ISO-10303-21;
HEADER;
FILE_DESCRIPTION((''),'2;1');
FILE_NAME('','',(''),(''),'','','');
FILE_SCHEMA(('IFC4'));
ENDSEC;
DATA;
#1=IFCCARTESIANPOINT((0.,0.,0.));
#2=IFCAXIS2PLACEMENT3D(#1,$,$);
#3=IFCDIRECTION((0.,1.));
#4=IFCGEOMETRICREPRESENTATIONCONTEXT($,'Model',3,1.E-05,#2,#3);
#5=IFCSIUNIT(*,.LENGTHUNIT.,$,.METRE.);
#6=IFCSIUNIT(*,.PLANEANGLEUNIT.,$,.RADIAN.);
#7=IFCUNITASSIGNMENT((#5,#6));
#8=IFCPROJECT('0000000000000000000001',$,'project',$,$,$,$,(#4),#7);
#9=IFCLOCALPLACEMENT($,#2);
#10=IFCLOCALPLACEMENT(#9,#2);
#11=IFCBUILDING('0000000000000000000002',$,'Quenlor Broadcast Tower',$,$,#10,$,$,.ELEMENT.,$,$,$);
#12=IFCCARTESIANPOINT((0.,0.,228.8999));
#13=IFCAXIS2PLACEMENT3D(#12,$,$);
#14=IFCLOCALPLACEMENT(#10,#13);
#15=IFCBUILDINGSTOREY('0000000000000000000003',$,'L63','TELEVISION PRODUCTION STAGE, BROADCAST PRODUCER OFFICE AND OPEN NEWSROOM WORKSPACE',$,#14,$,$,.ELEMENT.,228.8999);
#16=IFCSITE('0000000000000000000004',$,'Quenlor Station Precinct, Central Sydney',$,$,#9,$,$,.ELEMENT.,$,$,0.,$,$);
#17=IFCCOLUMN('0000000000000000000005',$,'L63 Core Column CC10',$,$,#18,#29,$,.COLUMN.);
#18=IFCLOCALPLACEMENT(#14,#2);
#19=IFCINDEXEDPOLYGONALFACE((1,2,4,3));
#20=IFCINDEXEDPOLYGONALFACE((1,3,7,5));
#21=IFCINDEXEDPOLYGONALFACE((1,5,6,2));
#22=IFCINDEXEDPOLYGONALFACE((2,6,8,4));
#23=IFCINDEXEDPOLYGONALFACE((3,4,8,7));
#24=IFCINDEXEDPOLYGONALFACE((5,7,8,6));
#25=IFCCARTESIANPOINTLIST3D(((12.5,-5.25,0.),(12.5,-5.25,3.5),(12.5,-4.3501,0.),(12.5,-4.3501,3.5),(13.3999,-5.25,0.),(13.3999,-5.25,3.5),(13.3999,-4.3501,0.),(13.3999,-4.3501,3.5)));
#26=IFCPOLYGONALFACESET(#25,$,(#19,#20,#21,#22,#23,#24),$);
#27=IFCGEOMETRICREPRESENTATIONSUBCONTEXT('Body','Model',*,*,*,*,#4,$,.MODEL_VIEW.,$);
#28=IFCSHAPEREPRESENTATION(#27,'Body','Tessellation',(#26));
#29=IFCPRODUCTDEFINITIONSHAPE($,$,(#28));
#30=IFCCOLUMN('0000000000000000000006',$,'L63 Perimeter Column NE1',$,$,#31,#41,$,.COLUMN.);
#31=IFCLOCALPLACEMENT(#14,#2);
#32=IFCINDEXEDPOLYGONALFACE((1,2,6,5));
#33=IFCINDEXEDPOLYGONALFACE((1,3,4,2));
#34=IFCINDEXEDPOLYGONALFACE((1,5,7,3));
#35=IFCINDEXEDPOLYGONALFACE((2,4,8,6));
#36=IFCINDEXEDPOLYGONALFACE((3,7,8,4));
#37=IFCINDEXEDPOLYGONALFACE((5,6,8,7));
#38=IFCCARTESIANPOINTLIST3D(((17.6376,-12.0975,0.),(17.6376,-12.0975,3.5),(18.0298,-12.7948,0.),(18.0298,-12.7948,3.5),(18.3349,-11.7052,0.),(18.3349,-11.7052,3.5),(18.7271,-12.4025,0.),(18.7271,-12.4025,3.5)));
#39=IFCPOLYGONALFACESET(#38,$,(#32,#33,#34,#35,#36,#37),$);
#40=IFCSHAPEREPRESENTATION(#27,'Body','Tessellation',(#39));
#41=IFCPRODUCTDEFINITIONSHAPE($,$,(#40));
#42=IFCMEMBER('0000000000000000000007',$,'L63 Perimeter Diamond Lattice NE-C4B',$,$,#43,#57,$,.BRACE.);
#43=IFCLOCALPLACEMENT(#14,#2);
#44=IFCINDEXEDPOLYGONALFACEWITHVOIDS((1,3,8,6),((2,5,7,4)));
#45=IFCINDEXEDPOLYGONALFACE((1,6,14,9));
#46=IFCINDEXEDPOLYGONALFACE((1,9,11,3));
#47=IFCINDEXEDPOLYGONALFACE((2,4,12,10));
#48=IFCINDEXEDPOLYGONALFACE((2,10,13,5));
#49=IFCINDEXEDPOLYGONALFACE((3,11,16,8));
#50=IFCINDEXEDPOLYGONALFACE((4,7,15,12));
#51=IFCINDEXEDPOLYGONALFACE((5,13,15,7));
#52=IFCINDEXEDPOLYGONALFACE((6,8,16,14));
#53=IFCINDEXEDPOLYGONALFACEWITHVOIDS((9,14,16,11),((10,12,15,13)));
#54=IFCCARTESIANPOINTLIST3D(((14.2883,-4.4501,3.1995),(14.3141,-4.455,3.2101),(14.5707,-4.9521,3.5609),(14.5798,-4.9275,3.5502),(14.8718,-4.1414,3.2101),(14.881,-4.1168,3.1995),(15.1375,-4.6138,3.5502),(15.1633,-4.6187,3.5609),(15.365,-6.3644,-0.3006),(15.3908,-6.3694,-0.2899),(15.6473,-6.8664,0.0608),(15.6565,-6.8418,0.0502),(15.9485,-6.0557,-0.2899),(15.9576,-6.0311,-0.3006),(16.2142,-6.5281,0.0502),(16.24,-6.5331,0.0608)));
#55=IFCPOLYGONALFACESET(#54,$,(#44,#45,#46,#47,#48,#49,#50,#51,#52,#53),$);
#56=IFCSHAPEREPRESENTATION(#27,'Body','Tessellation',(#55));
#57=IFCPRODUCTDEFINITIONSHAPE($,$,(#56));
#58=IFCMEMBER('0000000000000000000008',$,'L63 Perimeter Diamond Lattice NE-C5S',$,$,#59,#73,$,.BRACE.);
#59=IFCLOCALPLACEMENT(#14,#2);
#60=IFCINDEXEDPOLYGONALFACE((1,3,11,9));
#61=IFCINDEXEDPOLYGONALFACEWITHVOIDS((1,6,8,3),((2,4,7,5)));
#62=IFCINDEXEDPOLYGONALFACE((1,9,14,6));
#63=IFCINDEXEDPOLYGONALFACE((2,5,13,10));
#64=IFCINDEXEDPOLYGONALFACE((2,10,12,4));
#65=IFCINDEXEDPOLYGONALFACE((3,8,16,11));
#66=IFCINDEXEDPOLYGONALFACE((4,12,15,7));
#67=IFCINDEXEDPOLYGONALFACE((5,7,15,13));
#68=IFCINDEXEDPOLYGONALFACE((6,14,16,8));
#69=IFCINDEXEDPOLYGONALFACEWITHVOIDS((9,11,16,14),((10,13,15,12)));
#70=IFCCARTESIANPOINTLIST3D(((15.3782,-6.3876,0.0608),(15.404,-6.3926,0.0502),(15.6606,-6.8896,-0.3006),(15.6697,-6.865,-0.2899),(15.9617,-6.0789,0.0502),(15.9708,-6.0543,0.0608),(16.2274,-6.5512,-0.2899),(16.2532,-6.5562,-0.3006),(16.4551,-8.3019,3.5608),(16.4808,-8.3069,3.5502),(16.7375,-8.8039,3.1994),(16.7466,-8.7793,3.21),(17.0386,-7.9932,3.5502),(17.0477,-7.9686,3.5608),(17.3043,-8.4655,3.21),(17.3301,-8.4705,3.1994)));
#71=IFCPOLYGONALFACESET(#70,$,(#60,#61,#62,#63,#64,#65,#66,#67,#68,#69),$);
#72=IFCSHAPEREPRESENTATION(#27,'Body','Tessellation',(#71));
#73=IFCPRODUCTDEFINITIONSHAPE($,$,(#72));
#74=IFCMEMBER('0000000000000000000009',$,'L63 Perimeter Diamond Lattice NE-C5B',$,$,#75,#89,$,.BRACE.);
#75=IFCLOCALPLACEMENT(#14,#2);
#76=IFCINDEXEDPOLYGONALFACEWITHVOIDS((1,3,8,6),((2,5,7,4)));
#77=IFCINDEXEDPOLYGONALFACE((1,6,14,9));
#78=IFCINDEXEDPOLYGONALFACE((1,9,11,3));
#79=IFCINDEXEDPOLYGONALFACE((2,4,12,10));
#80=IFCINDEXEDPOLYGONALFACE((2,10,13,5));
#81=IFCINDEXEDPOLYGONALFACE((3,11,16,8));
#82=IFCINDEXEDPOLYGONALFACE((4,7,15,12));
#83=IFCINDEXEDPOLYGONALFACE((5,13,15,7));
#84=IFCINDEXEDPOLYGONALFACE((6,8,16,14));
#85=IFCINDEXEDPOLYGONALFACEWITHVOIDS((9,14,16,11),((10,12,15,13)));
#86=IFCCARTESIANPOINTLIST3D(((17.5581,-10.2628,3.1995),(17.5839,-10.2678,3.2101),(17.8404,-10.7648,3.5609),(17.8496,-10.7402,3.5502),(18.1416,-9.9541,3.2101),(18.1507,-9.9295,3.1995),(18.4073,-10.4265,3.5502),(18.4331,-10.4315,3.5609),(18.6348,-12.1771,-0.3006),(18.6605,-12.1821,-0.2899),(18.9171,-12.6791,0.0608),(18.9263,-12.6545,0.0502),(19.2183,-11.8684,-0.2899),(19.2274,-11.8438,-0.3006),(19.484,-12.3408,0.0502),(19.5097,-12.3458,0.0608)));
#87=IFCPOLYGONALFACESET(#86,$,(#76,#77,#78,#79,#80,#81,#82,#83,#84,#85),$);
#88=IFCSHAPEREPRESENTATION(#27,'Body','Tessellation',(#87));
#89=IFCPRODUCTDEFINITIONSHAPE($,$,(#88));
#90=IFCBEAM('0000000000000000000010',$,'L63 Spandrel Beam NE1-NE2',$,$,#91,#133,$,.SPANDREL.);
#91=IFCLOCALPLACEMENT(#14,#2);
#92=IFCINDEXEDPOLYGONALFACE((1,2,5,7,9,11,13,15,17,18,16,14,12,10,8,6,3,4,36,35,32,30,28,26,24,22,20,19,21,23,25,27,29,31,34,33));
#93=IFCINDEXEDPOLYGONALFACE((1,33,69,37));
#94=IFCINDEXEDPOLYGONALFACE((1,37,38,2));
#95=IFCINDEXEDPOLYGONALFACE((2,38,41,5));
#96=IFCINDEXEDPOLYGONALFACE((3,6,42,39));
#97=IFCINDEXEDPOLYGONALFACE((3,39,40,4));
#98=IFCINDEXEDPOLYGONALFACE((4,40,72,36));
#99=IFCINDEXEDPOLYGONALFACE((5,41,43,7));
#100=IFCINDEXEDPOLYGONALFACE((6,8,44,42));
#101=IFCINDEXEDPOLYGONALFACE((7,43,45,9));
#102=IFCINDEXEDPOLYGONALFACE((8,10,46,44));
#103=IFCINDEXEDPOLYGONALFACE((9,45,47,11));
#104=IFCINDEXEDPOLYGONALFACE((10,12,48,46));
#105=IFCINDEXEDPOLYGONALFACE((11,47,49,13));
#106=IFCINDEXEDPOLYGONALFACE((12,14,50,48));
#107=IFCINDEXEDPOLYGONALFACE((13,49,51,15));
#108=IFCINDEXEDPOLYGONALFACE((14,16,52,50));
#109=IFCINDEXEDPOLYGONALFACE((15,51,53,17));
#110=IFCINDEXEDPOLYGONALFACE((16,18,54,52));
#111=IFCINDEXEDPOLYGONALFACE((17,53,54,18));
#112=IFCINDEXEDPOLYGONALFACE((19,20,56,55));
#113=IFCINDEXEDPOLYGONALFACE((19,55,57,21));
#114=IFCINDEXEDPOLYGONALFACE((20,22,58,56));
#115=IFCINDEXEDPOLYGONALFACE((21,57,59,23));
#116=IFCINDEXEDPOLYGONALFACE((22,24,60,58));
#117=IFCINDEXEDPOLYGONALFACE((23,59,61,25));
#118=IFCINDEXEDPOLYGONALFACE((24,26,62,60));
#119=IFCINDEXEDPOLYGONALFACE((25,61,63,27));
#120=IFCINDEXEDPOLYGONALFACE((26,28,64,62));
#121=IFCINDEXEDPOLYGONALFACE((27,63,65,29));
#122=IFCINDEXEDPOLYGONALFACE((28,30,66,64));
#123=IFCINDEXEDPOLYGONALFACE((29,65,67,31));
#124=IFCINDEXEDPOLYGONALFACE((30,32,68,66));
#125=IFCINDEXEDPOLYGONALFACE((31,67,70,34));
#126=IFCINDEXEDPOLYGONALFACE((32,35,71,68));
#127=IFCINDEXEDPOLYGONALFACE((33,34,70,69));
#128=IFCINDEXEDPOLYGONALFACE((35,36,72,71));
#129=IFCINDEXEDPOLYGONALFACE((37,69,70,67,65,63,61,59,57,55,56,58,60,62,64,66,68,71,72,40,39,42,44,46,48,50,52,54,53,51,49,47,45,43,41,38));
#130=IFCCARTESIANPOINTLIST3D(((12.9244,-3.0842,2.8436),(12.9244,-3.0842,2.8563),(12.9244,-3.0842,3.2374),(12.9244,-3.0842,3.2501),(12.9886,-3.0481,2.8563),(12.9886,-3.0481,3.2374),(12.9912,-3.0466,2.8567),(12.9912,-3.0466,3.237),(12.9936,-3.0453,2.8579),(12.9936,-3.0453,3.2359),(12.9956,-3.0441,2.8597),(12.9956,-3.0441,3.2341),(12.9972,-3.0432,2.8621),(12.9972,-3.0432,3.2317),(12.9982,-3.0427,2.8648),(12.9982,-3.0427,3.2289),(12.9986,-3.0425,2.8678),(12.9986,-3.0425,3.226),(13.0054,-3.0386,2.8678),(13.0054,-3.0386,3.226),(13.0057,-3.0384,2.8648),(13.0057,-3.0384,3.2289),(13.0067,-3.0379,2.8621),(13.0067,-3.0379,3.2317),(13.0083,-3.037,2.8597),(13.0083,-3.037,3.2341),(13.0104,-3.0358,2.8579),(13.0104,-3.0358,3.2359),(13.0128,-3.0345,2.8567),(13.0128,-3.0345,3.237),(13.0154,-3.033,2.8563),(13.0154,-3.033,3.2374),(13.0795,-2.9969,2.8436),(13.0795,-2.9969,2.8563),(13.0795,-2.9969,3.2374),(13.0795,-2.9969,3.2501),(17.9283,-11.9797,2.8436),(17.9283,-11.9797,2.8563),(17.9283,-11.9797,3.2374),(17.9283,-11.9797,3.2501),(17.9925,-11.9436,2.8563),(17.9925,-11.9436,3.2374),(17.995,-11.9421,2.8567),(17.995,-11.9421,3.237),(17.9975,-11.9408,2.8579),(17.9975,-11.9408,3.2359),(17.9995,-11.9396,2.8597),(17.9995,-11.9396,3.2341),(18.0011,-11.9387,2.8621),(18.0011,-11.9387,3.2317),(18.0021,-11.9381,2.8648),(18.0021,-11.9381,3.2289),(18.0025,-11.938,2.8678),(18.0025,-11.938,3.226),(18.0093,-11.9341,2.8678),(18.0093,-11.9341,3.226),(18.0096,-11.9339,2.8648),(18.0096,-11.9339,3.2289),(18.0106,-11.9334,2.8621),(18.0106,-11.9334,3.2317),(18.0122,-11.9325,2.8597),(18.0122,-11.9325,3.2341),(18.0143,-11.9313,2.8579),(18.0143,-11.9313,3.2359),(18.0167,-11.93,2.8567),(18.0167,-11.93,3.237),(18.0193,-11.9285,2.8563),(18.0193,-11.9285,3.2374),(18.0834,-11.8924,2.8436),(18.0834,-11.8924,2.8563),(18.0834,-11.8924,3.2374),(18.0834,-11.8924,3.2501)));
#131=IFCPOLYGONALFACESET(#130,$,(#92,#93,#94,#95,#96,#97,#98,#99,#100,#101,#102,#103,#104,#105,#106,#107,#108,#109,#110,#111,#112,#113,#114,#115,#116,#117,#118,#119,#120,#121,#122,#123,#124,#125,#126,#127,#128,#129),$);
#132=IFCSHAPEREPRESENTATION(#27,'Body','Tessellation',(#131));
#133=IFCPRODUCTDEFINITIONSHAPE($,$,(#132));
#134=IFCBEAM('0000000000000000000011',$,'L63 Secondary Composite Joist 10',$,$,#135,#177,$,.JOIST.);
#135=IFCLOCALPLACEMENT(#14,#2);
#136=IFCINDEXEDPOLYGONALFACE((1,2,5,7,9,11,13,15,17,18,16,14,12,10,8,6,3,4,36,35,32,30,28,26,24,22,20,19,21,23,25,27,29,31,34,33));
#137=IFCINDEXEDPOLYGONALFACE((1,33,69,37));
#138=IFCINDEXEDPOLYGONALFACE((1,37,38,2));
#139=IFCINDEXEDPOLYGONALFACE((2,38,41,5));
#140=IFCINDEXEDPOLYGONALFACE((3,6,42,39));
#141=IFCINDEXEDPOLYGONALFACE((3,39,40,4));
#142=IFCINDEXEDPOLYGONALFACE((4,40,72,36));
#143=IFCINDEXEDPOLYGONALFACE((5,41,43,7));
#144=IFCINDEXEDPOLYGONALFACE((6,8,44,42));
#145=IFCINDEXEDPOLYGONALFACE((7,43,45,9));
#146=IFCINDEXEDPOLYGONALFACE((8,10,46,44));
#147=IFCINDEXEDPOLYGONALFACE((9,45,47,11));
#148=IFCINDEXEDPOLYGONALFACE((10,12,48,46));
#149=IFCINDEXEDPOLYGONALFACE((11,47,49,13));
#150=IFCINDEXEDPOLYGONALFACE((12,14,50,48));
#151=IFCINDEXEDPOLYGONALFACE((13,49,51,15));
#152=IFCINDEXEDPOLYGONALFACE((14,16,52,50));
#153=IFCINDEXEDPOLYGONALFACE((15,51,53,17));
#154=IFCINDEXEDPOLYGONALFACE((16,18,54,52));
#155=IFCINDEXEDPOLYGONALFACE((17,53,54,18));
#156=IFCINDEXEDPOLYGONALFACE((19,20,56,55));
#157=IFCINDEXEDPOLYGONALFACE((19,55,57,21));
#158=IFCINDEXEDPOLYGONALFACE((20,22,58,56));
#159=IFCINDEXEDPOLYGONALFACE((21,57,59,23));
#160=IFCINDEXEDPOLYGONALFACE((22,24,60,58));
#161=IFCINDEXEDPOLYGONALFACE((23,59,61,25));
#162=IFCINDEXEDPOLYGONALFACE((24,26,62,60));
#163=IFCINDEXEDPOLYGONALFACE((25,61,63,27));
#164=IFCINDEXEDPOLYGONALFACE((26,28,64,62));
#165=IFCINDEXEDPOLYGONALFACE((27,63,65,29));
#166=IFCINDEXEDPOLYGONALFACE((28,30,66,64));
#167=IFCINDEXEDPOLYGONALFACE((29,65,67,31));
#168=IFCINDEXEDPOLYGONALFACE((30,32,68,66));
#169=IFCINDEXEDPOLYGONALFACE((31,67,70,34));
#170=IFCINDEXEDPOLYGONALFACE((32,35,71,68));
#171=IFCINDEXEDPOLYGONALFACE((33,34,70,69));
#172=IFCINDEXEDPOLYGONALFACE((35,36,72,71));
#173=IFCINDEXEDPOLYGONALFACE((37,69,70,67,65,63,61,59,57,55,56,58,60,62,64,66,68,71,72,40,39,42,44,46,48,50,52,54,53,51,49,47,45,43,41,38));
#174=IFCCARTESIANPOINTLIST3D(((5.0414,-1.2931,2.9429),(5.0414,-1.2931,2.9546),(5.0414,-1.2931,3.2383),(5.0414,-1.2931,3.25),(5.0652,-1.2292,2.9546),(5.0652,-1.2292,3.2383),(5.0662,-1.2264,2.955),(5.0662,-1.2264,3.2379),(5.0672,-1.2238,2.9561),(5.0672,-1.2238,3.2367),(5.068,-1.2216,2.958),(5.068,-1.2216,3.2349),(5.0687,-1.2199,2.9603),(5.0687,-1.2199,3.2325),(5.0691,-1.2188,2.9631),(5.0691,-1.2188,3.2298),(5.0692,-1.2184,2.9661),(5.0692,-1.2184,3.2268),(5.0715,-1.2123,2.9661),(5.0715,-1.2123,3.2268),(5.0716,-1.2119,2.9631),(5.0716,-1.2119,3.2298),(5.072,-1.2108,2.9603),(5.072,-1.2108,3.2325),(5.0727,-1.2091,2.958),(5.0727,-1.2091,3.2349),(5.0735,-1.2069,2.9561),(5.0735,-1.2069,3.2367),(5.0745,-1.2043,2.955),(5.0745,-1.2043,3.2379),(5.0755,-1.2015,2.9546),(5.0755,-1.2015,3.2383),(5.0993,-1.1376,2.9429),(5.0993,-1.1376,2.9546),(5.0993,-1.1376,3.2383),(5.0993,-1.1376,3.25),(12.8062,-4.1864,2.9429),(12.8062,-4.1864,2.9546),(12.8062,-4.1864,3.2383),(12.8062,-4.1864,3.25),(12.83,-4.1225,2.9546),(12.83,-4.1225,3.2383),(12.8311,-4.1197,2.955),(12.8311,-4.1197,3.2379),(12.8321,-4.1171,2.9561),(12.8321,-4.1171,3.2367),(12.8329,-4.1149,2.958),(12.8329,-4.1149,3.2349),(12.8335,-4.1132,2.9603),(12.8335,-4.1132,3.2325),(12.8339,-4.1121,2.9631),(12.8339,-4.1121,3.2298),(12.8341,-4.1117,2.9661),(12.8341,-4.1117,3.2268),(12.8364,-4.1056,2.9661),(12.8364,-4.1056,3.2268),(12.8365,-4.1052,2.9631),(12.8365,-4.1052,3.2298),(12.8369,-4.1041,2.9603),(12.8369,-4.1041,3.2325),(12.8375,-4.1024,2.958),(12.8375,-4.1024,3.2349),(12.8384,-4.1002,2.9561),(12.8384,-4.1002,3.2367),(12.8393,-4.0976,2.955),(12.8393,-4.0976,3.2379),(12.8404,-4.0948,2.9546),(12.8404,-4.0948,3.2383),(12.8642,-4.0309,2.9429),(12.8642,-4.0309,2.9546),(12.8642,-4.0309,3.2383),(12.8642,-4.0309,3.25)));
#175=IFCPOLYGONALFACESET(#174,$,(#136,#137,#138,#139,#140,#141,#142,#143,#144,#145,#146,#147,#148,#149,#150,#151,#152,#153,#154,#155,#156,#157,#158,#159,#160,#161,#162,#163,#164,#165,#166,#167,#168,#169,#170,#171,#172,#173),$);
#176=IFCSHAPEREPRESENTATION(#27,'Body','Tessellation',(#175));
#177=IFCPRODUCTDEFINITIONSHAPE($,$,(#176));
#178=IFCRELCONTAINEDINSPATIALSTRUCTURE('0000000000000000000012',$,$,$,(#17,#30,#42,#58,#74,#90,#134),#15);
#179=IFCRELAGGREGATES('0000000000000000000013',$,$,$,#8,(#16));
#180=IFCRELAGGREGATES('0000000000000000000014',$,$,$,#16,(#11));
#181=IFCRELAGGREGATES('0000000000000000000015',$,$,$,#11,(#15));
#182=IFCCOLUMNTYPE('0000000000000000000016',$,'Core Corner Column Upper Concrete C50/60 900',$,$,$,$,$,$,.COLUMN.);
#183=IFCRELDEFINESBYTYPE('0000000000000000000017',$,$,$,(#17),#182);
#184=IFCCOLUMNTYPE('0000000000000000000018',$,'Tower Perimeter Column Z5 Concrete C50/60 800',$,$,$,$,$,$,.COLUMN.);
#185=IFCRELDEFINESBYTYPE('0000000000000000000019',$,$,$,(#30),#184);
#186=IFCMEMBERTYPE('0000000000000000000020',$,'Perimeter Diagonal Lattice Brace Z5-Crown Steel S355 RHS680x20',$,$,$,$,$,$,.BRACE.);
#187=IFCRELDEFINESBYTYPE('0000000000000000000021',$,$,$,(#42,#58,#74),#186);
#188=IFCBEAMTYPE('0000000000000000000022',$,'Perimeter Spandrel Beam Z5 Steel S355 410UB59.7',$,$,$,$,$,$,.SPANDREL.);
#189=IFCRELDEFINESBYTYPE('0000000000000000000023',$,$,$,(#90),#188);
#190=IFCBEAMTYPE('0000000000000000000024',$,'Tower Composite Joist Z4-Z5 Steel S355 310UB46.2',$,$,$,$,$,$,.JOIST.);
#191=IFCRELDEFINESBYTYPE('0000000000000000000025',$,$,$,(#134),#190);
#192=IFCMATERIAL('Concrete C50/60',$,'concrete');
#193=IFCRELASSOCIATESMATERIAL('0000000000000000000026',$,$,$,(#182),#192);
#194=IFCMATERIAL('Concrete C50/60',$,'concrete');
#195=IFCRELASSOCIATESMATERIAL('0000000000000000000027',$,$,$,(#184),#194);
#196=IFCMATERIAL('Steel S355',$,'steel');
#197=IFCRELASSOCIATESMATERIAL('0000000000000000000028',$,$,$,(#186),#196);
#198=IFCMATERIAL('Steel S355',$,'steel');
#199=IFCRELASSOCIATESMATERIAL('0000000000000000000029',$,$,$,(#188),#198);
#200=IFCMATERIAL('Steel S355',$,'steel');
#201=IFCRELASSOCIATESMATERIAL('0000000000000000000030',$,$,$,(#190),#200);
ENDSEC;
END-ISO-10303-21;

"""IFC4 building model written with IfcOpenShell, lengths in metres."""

from ifc_helpers import new_model, si_unit, direction, frame, origin, origin_2d, place, context, subcontext, project, spatial, rectangle, hollow_rectangle, i_section, extrude, material, material_profile, profile_set, type_object, element, save


model = new_model("IFC4")

# Units and contexts
model_context = context("Model", 3, precision=1e-05, world=origin(), true_north=direction((0.0, 1.0)))
body_context = subcontext(model_context, "Body", "Model", "MODEL_VIEW")
ifc_project = project(units=[si_unit("LENGTHUNIT", "METRE"), si_unit("PLANEANGLEUNIT", "RADIAN")], contexts=[model_context])

# Site, building, storey
site_placement = place(None, origin())
site = spatial("IfcSite", under=ifc_project, at=site_placement, Name="Quenlor Station Precinct, Central Sydney", CompositionType="ELEMENT", RefElevation=0.0)
building_placement = place(site_placement, origin())
building = spatial("IfcBuilding", under=site, at=building_placement, Name="Quenlor Broadcast Tower", CompositionType="ELEMENT")
storey_placement = place(building_placement, frame((0.0, 0.0, 228.8999)))
storey = spatial("IfcBuildingStorey", under=building, at=storey_placement, Name="L63", Description="TELEVISION PRODUCTION STAGE, BROADCAST PRODUCER OFFICE AND OPEN NEWSROOM WORKSPACE", CompositionType="ELEMENT", Elevation=228.8999)

# Columns
ifc_material_1 = material(Name="Concrete C50/60", Category="concrete")
ifc_material_profile_1 = material_profile(ifc_material_1, rectangle(XDim=0.8999, YDim=0.8999, at=origin_2d()))
ifc_profile_set_1 = profile_set([ifc_material_profile_1], Name="Concrete C50/60 RC900x900")
column_type_1 = type_object("IfcColumnType", Name="Core Corner Column Upper Concrete C50/60 900", PredefinedType="COLUMN", material=ifc_profile_set_1)
column_1_placement = place(storey_placement, frame((12.95, -4.8, 0.0), z_axis=(0.0, 0.0, 1.0), x_axis=(1.0, 0.0, 0.0)))
element("IfcColumn", 1, at=column_1_placement, inside=storey, type_object=column_type_1, Name="L63 Core Column CC10", PredefinedType="COLUMN", context=body_context, shape_type="SweptSolid", body=[
    extrude(rectangle(XDim=0.8999, YDim=0.8999, at=origin_2d()), origin(), (0.0, 0.0, 1.0), 3.5),
])
ifc_material_2 = material(Name="Concrete C50/60", Category="concrete")
ifc_material_profile_2 = material_profile(ifc_material_2, rectangle(XDim=0.8, YDim=0.8, at=origin_2d()))
ifc_profile_set_2 = profile_set([ifc_material_profile_2], Name="Concrete C50/60 RC800x800")
column_type_2 = type_object("IfcColumnType", Name="Tower Perimeter Column Z5 Concrete C50/60 800", PredefinedType="COLUMN", material=ifc_profile_set_2)
column_2_placement = place(storey_placement, frame((18.1824, -12.25, 0.0), z_axis=(0.0, 0.0, 1.0), x_axis=(0.871575, 0.490262, 0.0)))
element("IfcColumn", 2, at=column_2_placement, inside=storey, type_object=column_type_2, Name="L63 Perimeter Column NE1", PredefinedType="COLUMN", context=body_context, shape_type="SweptSolid", body=[
    extrude(rectangle(XDim=0.8, YDim=0.8, at=origin_2d()), origin(), (0.0, 0.0, 1.0), 3.5),
])

# Members
ifc_material_3 = material(Name="Steel S355", Category="steel")
ifc_material_profile_3 = material_profile(ifc_material_3, hollow_rectangle(XDim=0.6799, YDim=0.6799, WallThickness=0.02, at=origin_2d()))
ifc_profile_set_3 = profile_set([ifc_material_profile_3], Name="Steel S355 RHS680x680x20")
member_type = type_object("IfcMemberType", Name="Perimeter Diagonal Lattice Brace Z5-Crown Steel S355 RHS680x20", PredefinedType="BRACE", material=ifc_profile_set_3)
for number, where, z_axis, x_axis, name in (
    (3, (15.8025, -6.4487, -0.1199), (-0.260564, 0.463283, 0.847039), (-0.871602, -0.490214, 0.0), "L63 Perimeter Diamond Lattice NE-C4B"),
    (4, (15.8157, -6.4719, -0.1199), (0.260619, -0.463276, 0.847026), (0.871555, 0.490298, 0.0), "L63 Perimeter Diamond Lattice NE-C5S"),
    (5, (19.0723, -12.2615, -0.1199), (-0.260564, 0.463283, 0.847039), (-0.871602, -0.490214, 0.0), "L63 Perimeter Diamond Lattice NE-C5B"),
):
    element("IfcMember", number, at=place(storey_placement, frame(where, z_axis=z_axis, x_axis=x_axis)), inside=storey, type_object=member_type, Name=name, PredefinedType="BRACE", context=body_context, shape_type="SweptSolid", body=[
        extrude(hollow_rectangle(XDim=0.6799, YDim=0.6799, WallThickness=0.02, at=origin_2d()), origin(), (0.0, 0.0, 1.0), 4.1321),
    ])

# Beams
ifc_material_4 = material(Name="Steel S355", Category="steel")
ifc_material_profile_4 = material_profile(ifc_material_4, i_section(OverallWidth=0.178, OverallDepth=0.4065, WebThickness=0.0078, FlangeThickness=0.0127, FilletRadius=0.0115, at=origin_2d()))
ifc_profile_set_4 = profile_set([ifc_material_profile_4], Name="Steel S355 410UB59.7")
beam_type_1 = type_object("IfcBeamType", Name="Perimeter Spandrel Beam Z5 Steel S355 410UB59.7", PredefinedType="SPANDREL", material=ifc_profile_set_4)
beam_1_placement = place(storey_placement, frame((18.0059, -11.936, 3.0469), z_axis=(-0.490275, 0.871568, 0.0), x_axis=(-0.871568, -0.490275, 0.0)))
element("IfcBeam", 6, at=beam_1_placement, inside=storey, type_object=beam_type_1, Name="L63 Spandrel Beam NE1-NE2", PredefinedType="SPANDREL", context=body_context, shape_type="SweptSolid", body=[
    extrude(i_section(OverallWidth=0.178, OverallDepth=0.4065, WebThickness=0.0078, FlangeThickness=0.0127, FilletRadius=0.0115, at=origin_2d()), origin(), (0.0, 0.0, 1.0), 10.2063),
])
ifc_material_5 = material(Name="Steel S355", Category="steel")
ifc_material_profile_5 = material_profile(ifc_material_5, i_section(OverallWidth=0.166, OverallDepth=0.3071, WebThickness=0.0066, FlangeThickness=0.0117, FilletRadius=0.0115, at=origin_2d()))
ifc_profile_set_5 = profile_set([ifc_material_profile_5], Name="Steel S355 310UB46.2")
beam_type_2 = type_object("IfcBeamType", Name="Tower Composite Joist Z4-Z5 Steel S355 310UB46.2", PredefinedType="JOIST", material=ifc_profile_set_5)
beam_2_placement = place(storey_placement, frame((12.8352, -4.1086, 3.0964), z_axis=(-0.937062, 0.349163, 0.0), x_axis=(-0.349163, -0.937062, 0.0)))
element("IfcBeam", 7, at=beam_2_placement, inside=storey, type_object=beam_type_2, Name="L63 Secondary Composite Joist 10", PredefinedType="JOIST", context=body_context, shape_type="SweptSolid", body=[
    extrude(i_section(OverallWidth=0.166, OverallDepth=0.3071, WebThickness=0.0066, FlangeThickness=0.0117, FilletRadius=0.0115, at=origin_2d()), origin(), (0.0, 0.0, 1.0), 8.2864),
])

save(model, "model.ifc")
